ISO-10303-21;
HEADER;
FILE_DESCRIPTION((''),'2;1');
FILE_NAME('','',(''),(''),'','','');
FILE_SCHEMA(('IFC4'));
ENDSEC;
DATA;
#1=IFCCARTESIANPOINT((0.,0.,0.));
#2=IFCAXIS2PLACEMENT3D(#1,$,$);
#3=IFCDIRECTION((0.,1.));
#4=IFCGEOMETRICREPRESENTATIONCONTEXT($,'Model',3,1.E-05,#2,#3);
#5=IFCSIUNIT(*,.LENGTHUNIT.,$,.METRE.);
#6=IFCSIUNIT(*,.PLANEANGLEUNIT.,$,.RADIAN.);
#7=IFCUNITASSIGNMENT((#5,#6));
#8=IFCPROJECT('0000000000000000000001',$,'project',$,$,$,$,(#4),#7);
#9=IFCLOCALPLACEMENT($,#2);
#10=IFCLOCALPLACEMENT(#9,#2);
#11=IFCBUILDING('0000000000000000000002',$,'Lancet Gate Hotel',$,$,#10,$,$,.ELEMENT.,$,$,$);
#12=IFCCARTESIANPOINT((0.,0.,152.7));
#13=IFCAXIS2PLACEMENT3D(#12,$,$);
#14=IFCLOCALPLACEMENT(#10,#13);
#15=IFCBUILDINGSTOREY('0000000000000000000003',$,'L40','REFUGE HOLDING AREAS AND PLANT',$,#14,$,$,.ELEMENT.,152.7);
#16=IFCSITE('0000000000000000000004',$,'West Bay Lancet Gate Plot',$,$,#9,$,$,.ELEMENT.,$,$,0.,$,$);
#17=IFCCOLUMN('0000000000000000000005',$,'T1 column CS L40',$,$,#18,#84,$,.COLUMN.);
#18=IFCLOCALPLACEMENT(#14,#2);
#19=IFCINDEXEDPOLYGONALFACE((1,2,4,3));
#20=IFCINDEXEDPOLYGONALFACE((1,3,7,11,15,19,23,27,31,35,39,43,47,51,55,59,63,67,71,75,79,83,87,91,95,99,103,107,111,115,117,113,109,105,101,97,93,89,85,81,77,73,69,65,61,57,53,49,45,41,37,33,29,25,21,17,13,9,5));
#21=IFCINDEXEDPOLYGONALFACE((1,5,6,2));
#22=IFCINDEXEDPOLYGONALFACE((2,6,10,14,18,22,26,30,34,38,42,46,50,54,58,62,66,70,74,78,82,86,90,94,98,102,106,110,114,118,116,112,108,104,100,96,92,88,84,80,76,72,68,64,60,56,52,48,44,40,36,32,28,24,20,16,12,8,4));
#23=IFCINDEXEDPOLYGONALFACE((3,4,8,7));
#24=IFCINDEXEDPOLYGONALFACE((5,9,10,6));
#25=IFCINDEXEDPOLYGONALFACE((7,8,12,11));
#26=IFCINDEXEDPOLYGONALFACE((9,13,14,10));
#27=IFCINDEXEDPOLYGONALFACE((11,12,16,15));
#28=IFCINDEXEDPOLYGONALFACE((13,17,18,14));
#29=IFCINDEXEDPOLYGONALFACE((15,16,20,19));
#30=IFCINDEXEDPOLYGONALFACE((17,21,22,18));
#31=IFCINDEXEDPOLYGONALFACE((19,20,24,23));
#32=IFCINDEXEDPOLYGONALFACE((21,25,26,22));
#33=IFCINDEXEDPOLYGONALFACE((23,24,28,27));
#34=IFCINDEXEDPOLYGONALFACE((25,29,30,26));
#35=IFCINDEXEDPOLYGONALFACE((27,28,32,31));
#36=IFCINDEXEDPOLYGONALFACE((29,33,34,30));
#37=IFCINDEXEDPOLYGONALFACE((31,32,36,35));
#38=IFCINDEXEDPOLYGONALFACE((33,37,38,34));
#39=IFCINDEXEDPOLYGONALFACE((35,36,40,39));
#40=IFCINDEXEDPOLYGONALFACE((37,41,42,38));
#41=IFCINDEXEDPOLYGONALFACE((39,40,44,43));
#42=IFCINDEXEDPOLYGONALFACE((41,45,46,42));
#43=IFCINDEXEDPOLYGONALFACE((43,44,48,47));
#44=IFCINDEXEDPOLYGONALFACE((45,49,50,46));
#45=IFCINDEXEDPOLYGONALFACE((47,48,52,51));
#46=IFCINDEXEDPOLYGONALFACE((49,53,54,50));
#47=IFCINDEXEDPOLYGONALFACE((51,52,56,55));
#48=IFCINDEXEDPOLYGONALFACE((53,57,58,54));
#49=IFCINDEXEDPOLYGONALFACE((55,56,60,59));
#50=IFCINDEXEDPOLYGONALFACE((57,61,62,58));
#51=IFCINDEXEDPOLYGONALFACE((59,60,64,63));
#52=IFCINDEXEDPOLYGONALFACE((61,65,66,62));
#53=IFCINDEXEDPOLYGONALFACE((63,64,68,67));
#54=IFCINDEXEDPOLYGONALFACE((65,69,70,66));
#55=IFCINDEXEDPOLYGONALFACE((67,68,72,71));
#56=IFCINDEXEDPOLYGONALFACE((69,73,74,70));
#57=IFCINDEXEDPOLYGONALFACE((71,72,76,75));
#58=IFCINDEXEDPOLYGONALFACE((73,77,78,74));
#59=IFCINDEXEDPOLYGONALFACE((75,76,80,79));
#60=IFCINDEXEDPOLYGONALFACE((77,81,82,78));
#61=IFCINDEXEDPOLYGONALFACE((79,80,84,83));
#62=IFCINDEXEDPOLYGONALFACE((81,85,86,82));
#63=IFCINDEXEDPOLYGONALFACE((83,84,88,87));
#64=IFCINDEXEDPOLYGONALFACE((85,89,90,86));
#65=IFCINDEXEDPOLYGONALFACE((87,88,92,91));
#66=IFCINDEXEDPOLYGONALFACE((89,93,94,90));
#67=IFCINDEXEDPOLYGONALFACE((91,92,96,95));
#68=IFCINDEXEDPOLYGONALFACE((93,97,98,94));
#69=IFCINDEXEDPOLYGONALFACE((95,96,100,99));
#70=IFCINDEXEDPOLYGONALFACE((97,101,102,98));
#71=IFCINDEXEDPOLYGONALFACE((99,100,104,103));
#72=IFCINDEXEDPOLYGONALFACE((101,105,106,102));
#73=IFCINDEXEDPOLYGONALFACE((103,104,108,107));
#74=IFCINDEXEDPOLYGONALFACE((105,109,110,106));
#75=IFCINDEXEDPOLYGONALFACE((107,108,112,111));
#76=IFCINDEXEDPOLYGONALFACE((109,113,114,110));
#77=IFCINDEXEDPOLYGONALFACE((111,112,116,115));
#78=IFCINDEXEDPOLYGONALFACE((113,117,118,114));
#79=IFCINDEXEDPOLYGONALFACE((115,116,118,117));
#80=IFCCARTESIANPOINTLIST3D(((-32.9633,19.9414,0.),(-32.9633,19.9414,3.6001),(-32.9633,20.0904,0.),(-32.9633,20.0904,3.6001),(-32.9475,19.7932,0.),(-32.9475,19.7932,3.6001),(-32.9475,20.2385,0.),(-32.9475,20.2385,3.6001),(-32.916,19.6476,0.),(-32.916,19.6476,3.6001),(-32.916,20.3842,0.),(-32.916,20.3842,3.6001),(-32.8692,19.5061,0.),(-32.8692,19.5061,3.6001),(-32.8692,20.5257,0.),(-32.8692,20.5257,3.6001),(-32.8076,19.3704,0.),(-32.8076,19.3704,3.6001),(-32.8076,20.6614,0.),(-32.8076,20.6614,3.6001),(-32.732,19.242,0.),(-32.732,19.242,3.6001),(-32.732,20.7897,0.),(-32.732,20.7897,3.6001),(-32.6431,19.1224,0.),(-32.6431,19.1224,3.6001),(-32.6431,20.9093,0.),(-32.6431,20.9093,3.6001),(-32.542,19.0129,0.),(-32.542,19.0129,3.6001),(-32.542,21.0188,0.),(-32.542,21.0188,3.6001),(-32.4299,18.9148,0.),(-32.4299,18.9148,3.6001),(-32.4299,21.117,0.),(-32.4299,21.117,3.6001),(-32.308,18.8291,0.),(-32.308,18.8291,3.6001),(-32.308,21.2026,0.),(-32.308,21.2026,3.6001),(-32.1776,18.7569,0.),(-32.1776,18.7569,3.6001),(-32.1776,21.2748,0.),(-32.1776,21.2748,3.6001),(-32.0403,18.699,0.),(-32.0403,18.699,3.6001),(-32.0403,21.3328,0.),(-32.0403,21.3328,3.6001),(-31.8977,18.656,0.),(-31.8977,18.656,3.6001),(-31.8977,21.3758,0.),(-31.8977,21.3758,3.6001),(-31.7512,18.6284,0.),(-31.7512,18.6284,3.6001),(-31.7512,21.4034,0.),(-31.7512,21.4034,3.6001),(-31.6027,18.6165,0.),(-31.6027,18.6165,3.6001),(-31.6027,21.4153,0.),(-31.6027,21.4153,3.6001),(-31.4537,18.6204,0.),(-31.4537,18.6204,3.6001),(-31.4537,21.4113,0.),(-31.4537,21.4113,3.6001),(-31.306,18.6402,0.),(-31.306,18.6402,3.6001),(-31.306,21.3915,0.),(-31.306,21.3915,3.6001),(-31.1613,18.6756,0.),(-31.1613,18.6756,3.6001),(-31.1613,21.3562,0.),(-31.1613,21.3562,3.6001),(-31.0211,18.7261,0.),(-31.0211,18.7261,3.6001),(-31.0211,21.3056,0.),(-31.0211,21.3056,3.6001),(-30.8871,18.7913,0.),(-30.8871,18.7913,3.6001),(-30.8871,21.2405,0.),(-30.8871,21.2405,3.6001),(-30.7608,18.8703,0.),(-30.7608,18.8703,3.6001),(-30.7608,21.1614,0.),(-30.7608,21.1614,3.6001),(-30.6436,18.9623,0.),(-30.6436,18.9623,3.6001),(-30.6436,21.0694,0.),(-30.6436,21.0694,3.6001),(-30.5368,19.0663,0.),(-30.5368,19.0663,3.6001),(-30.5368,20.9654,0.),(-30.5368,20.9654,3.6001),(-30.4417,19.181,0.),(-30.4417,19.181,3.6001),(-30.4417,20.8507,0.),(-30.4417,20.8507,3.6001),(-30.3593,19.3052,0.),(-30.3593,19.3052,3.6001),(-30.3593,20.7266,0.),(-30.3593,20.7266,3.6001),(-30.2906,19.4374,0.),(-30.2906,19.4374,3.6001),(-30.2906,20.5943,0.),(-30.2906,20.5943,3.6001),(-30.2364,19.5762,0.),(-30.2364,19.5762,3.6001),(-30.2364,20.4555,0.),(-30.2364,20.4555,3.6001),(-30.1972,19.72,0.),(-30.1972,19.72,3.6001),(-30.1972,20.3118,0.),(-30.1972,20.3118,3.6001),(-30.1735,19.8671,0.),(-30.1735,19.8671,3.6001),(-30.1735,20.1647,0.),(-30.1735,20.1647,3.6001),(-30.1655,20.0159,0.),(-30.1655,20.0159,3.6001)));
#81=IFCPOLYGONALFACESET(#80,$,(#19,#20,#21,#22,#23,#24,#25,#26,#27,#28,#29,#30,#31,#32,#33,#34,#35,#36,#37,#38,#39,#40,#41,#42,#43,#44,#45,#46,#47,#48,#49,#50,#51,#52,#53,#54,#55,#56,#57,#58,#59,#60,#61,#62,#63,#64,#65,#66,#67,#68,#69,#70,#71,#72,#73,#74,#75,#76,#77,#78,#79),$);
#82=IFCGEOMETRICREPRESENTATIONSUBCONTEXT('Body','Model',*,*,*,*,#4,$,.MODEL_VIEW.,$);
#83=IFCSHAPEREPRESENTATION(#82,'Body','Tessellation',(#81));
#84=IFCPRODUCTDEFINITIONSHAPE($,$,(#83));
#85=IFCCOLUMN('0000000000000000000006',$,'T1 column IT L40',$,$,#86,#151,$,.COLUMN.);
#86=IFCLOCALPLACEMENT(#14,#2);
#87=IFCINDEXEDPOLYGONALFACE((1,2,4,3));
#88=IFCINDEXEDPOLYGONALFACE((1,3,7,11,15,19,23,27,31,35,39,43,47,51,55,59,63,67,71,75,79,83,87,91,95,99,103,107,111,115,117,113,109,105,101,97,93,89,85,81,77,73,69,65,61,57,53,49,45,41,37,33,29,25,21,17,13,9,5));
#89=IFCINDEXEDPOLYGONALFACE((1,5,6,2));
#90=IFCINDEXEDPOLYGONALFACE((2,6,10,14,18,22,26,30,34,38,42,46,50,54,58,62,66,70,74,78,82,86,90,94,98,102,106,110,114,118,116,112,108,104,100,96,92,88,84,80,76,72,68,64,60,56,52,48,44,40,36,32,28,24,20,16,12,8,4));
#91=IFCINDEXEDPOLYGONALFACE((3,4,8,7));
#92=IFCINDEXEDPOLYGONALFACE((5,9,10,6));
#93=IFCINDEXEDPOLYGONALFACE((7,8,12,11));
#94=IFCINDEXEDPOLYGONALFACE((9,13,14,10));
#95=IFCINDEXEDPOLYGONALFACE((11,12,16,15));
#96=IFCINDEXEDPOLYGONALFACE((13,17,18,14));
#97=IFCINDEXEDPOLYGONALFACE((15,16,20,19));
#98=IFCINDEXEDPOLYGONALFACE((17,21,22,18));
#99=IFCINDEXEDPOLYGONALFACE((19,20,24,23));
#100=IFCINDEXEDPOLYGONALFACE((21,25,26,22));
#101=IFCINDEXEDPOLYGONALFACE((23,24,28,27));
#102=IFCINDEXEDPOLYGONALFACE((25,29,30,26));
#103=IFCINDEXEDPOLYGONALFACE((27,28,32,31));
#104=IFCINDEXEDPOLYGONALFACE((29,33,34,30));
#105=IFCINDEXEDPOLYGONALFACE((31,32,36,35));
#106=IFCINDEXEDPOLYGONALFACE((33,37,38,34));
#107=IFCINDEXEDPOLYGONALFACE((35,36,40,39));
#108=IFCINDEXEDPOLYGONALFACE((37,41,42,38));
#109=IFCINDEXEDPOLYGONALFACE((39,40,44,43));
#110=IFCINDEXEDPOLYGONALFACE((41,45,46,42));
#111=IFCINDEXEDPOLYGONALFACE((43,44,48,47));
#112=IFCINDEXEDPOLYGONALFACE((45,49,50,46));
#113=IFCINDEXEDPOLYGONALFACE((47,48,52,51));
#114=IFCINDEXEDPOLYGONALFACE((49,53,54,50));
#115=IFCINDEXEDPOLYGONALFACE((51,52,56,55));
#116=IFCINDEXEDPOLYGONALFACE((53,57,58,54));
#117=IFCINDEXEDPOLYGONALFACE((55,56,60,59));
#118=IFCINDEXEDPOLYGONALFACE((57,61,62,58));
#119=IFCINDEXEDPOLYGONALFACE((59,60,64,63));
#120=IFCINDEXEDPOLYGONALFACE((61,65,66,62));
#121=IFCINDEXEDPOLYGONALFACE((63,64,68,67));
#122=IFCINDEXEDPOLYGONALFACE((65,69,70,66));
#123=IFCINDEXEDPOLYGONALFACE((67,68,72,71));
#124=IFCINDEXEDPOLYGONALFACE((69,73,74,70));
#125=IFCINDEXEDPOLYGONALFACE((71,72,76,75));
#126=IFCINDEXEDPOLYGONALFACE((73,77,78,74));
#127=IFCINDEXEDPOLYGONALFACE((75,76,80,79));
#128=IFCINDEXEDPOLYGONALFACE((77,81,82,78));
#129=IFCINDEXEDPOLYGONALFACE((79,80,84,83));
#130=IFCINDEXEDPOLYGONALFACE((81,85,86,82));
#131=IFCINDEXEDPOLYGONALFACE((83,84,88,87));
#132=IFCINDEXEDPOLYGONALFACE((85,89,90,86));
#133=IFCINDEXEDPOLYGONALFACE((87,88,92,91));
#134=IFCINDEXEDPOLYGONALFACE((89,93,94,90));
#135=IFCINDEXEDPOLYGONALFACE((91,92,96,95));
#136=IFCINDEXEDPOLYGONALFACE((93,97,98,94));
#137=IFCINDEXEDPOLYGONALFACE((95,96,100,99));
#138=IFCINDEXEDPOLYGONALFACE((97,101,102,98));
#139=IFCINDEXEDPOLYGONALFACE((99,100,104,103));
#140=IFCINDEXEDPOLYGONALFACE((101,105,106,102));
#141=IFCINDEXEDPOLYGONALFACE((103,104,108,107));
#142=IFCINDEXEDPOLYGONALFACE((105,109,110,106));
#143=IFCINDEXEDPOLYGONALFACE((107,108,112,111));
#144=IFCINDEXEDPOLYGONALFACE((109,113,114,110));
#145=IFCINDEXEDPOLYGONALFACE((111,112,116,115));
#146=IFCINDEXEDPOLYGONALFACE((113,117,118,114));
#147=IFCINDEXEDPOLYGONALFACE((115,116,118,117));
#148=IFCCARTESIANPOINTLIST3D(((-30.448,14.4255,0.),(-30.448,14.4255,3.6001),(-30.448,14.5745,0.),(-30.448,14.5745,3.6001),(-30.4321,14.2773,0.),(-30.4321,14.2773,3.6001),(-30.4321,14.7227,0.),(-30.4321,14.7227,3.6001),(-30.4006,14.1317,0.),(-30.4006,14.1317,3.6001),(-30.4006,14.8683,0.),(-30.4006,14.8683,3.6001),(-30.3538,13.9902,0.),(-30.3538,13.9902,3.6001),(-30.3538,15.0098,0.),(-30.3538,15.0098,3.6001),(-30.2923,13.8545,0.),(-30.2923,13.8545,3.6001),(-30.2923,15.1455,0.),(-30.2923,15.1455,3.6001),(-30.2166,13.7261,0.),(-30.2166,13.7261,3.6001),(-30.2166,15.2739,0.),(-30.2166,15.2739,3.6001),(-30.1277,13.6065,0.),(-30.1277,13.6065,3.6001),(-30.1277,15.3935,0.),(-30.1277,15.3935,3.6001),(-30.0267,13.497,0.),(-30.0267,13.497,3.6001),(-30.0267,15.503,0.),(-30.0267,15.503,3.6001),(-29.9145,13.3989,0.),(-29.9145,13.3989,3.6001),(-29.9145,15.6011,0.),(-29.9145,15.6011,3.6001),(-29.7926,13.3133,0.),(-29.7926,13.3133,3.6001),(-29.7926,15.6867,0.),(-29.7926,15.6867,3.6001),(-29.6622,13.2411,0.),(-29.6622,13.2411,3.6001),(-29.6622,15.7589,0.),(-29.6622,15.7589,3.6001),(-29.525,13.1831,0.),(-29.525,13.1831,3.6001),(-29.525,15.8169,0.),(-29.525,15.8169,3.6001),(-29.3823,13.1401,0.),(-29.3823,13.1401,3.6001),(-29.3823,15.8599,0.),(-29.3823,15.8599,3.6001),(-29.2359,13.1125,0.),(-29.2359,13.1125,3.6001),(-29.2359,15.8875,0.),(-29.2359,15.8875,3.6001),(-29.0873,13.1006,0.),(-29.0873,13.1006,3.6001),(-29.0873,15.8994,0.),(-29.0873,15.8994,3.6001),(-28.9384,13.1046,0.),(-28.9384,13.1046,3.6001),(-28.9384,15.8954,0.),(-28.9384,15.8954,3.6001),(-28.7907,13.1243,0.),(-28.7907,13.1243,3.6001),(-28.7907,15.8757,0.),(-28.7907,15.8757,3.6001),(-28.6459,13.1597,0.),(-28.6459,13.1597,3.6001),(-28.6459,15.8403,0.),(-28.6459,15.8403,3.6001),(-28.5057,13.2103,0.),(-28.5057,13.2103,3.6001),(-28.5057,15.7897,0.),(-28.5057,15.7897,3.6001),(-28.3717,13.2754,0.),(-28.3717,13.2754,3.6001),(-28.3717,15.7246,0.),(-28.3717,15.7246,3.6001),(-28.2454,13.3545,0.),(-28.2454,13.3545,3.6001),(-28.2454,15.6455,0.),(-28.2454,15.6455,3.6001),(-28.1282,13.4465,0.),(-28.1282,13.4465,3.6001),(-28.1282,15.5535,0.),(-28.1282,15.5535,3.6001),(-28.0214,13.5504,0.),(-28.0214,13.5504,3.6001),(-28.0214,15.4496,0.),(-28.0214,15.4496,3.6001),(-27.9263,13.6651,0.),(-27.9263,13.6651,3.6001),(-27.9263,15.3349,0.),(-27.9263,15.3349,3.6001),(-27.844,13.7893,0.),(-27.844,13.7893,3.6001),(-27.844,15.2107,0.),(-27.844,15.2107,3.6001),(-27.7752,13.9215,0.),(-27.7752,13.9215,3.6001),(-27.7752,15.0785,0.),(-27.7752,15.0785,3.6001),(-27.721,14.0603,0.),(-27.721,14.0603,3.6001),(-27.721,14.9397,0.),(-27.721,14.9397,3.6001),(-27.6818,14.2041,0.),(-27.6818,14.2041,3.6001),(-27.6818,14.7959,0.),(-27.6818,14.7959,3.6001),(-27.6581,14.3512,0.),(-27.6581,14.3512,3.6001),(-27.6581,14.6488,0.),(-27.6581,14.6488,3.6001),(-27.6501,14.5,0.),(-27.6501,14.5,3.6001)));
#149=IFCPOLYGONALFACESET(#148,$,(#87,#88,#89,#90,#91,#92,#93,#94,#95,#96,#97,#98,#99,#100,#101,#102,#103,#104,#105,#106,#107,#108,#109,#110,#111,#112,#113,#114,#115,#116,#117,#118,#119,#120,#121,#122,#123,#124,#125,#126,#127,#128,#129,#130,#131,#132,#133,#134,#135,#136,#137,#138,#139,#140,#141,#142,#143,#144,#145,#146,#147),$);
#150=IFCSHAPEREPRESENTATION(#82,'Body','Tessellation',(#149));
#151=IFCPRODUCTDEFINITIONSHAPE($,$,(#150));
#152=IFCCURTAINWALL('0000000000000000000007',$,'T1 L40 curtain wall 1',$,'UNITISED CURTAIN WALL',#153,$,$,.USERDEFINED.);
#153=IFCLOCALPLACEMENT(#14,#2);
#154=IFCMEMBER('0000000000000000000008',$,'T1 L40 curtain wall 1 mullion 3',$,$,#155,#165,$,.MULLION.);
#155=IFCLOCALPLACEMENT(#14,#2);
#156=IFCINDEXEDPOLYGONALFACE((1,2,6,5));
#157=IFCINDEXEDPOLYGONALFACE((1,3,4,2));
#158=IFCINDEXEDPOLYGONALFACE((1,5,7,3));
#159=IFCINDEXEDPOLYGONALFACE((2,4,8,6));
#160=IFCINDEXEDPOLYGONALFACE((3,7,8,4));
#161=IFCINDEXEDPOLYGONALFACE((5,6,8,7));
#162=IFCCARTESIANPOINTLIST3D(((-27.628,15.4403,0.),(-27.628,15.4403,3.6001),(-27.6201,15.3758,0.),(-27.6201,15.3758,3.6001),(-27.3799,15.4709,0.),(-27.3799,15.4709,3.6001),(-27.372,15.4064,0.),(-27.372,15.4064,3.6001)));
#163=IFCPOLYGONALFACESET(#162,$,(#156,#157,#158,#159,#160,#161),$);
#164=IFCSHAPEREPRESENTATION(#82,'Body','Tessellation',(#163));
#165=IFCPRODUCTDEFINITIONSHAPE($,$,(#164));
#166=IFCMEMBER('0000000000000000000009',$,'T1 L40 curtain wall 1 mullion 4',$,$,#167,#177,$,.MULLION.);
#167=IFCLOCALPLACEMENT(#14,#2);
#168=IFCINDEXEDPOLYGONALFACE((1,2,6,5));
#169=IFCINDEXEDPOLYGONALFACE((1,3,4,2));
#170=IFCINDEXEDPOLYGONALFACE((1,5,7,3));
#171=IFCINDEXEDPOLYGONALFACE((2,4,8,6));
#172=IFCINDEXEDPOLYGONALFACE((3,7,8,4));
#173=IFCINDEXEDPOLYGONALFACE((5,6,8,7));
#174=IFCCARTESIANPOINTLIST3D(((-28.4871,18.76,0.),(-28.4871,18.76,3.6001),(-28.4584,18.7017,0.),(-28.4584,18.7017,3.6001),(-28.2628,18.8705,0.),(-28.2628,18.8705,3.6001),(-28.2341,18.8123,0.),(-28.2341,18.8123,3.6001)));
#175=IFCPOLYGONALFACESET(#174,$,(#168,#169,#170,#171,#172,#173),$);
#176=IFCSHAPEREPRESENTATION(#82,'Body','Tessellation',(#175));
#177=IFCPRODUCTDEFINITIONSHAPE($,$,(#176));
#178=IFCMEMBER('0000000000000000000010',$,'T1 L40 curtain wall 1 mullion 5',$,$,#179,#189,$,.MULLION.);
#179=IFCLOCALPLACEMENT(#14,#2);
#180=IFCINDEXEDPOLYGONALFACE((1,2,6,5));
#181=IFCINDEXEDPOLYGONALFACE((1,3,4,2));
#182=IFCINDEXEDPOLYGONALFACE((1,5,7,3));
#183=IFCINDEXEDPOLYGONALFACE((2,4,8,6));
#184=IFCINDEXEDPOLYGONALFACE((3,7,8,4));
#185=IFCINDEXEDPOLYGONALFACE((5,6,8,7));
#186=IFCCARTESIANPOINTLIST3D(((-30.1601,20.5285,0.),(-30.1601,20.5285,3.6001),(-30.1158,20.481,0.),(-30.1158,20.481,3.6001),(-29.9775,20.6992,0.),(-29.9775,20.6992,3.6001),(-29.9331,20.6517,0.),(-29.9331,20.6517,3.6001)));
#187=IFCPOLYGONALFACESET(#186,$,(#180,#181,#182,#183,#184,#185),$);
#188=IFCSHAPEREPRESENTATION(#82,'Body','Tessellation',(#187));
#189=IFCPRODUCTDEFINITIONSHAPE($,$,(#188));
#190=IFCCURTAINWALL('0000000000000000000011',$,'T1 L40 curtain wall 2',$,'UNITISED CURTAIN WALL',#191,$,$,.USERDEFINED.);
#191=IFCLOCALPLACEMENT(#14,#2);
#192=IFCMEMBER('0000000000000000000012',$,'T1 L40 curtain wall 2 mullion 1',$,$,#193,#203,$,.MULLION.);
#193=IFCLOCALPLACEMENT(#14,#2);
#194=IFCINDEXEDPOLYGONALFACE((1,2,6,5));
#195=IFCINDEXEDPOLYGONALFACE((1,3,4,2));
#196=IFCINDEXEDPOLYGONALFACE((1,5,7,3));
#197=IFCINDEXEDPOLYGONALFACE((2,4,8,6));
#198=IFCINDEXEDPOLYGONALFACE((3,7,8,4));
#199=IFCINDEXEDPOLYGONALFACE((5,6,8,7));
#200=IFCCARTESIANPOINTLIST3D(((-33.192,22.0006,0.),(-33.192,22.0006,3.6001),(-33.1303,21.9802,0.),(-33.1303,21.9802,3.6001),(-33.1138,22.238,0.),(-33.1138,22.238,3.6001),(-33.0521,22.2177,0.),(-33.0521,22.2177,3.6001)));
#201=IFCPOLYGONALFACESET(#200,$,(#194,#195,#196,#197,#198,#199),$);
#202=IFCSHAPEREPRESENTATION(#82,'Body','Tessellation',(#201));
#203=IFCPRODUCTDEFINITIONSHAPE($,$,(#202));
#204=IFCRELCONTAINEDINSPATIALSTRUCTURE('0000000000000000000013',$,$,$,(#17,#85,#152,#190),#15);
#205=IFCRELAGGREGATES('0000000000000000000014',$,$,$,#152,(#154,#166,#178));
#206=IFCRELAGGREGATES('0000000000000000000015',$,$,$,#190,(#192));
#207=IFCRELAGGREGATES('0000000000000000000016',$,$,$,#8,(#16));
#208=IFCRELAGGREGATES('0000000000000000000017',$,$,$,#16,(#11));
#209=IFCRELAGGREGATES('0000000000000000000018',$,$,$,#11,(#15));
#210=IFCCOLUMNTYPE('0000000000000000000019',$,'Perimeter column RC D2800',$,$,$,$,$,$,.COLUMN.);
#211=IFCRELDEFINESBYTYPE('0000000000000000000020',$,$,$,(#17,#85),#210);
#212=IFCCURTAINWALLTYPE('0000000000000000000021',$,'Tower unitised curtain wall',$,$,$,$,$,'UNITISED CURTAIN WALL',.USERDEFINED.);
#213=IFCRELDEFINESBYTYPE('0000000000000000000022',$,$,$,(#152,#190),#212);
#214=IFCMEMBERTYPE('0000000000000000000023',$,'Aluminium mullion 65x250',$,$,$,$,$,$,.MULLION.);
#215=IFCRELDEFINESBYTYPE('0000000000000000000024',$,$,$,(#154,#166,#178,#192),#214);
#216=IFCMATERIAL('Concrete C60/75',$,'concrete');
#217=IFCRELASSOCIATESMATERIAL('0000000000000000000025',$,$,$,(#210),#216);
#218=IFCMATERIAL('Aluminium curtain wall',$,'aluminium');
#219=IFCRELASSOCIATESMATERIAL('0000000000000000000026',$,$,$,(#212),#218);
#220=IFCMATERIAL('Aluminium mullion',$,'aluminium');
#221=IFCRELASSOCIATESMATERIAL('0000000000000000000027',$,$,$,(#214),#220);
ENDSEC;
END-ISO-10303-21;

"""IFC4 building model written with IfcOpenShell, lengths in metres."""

from ifc_helpers import new_model, si_unit, direction, frame, origin, origin_2d, place, context, subcontext, project, spatial, rectangle, circle, extrude, material, material_profile, profile_set, type_object, element, aggregate, save


model = new_model("IFC4")

# Units and contexts
model_context = context("Model", 3, precision=1e-05, world=origin(), true_north=direction((0.0, 1.0)))
body_context = subcontext(model_context, "Body", "Model", "MODEL_VIEW")
ifc_project = project(units=[si_unit("LENGTHUNIT", "METRE"), si_unit("PLANEANGLEUNIT", "RADIAN")], contexts=[model_context])

# Site, building, storey
site_placement = place(None, origin())
site = spatial("IfcSite", under=ifc_project, at=site_placement, Name="West Bay Lancet Gate Plot", CompositionType="ELEMENT", RefElevation=0.0)
building_placement = place(site_placement, origin())
building = spatial("IfcBuilding", under=site, at=building_placement, Name="Lancet Gate Hotel", CompositionType="ELEMENT")
storey_placement = place(building_placement, frame((0.0, 0.0, 152.7)))
storey = spatial("IfcBuildingStorey", under=building, at=storey_placement, Name="L40", Description="REFUGE HOLDING AREAS AND PLANT", CompositionType="ELEMENT", Elevation=152.7)

# Columns
ifc_material_1 = material(Name="Concrete C60/75", Category="concrete")
ifc_material_profile_1 = material_profile(ifc_material_1, circle(Radius=1.3999, at=origin_2d()), Name="RC D2800")
ifc_profile_set_1 = profile_set([ifc_material_profile_1], Name="Concrete C60/75")
column_type = type_object("IfcColumnType", Name="Perimeter column RC D2800", PredefinedType="COLUMN", material=ifc_profile_set_1)
for number, where, z_axis, x_axis, name in (
    (1, (-31.5654, 20.0159, 0.0), (0.0, 0.0, 1.0), (1.0, 0.0, 0.0), "T1 column CS L40"),
    (2, (-29.05, 14.5, 0.0), (0.0, 0.0, 1.0), (1.0, 0.0, 0.0), "T1 column IT L40"),
):
    element("IfcColumn", number, at=place(storey_placement, frame(where, z_axis=z_axis, x_axis=x_axis)), inside=storey, type_object=column_type, Name=name, PredefinedType="COLUMN", context=body_context, shape_type="SweptSolid", body=[
        extrude(circle(Radius=1.3999, at=origin_2d()), origin(), (0.0, 0.0, 1.0), 3.6001),
    ])

# Curtain walls, members
ifc_material_2 = material(Name="Aluminium curtain wall", Category="aluminium")
curtain_wall_type = type_object("IfcCurtainWallType", Name="Tower unitised curtain wall", ElementType="UNITISED CURTAIN WALL", PredefinedType="USERDEFINED", material=ifc_material_2)
curtain_wall_1_placement = place(storey_placement, origin())
curtain_wall_1 = element("IfcCurtainWall", 3, at=curtain_wall_1_placement, inside=storey, type_object=curtain_wall_type, Name="T1 L40 curtain wall 1", ObjectType="UNITISED CURTAIN WALL", PredefinedType="USERDEFINED")
ifc_material_3 = material(Name="Aluminium mullion", Category="aluminium")
ifc_material_profile_2 = material_profile(ifc_material_3, rectangle(XDim=0.0649, YDim=0.25, at=origin_2d()), Name="MULLION 65x250")
ifc_profile_set_2 = profile_set([ifc_material_profile_2], Name="Aluminium mullion")
member_type_1 = type_object("IfcMemberType", Name="Aluminium mullion 65x250", PredefinedType="MULLION", material=ifc_profile_set_2)
member_1_placement = place(storey_placement, frame((-27.5, 15.4233, 0.0), z_axis=(0.0, 0.0, 1.0), x_axis=(-0.122467, 0.992473, 0.0)))
member_1 = element("IfcMember", 4, at=member_1_placement, type_object=member_type_1, Name="T1 L40 curtain wall 1 mullion 3", PredefinedType="MULLION", context=body_context, shape_type="SweptSolid", body=[
    extrude(rectangle(XDim=0.0649, YDim=0.25, at=origin_2d()), origin(), (0.0, 0.0, 1.0), 3.6001),
])
member_2_placement = place(storey_placement, frame((-28.3606, 18.7861, 0.0), z_axis=(0.0, 0.0, 1.0), x_axis=(-0.442119, 0.896956, 0.0)))
member_2 = element("IfcMember", 5, at=member_2_placement, type_object=member_type_1, Name="T1 L40 curtain wall 1 mullion 4", PredefinedType="MULLION", context=body_context, shape_type="SweptSolid", body=[
    extrude(rectangle(XDim=0.0649, YDim=0.25, at=origin_2d()), origin(), (0.0, 0.0, 1.0), 3.6001),
])
member_3_placement = place(storey_placement, frame((-30.0466, 20.5901, 0.0), z_axis=(0.0, 0.0, 1.0), x_axis=(-0.682845, 0.730563, 0.0)))
member_3 = element("IfcMember", 6, at=member_3_placement, type_object=member_type_1, Name="T1 L40 curtain wall 1 mullion 5", PredefinedType="MULLION", context=body_context, shape_type="SweptSolid", body=[
    extrude(rectangle(XDim=0.0649, YDim=0.25, at=origin_2d()), origin(), (0.0, 0.0, 1.0), 3.6001),
])
curtain_wall_2_placement = place(storey_placement, origin())
curtain_wall_2 = element("IfcCurtainWall", 7, at=curtain_wall_2_placement, inside=storey, type_object=curtain_wall_type, Name="T1 L40 curtain wall 2", ObjectType="UNITISED CURTAIN WALL", PredefinedType="USERDEFINED")
member_4_placement = place(storey_placement, frame((-33.1221, 22.1091, 0.0), z_axis=(0.0, 0.0, 1.0), x_axis=(-0.949848, 0.312712, 0.0)))
member_4 = element("IfcMember", 8, at=member_4_placement, type_object=member_type_1, Name="T1 L40 curtain wall 2 mullion 1", PredefinedType="MULLION", context=body_context, shape_type="SweptSolid", body=[
    extrude(rectangle(XDim=0.0649, YDim=0.25, at=origin_2d()), origin(), (0.0, 0.0, 1.0), 3.6001),
])

aggregate(curtain_wall_1, [member_1, member_2, member_3])
aggregate(curtain_wall_2, [member_4])

save(model, "model.ifc")
